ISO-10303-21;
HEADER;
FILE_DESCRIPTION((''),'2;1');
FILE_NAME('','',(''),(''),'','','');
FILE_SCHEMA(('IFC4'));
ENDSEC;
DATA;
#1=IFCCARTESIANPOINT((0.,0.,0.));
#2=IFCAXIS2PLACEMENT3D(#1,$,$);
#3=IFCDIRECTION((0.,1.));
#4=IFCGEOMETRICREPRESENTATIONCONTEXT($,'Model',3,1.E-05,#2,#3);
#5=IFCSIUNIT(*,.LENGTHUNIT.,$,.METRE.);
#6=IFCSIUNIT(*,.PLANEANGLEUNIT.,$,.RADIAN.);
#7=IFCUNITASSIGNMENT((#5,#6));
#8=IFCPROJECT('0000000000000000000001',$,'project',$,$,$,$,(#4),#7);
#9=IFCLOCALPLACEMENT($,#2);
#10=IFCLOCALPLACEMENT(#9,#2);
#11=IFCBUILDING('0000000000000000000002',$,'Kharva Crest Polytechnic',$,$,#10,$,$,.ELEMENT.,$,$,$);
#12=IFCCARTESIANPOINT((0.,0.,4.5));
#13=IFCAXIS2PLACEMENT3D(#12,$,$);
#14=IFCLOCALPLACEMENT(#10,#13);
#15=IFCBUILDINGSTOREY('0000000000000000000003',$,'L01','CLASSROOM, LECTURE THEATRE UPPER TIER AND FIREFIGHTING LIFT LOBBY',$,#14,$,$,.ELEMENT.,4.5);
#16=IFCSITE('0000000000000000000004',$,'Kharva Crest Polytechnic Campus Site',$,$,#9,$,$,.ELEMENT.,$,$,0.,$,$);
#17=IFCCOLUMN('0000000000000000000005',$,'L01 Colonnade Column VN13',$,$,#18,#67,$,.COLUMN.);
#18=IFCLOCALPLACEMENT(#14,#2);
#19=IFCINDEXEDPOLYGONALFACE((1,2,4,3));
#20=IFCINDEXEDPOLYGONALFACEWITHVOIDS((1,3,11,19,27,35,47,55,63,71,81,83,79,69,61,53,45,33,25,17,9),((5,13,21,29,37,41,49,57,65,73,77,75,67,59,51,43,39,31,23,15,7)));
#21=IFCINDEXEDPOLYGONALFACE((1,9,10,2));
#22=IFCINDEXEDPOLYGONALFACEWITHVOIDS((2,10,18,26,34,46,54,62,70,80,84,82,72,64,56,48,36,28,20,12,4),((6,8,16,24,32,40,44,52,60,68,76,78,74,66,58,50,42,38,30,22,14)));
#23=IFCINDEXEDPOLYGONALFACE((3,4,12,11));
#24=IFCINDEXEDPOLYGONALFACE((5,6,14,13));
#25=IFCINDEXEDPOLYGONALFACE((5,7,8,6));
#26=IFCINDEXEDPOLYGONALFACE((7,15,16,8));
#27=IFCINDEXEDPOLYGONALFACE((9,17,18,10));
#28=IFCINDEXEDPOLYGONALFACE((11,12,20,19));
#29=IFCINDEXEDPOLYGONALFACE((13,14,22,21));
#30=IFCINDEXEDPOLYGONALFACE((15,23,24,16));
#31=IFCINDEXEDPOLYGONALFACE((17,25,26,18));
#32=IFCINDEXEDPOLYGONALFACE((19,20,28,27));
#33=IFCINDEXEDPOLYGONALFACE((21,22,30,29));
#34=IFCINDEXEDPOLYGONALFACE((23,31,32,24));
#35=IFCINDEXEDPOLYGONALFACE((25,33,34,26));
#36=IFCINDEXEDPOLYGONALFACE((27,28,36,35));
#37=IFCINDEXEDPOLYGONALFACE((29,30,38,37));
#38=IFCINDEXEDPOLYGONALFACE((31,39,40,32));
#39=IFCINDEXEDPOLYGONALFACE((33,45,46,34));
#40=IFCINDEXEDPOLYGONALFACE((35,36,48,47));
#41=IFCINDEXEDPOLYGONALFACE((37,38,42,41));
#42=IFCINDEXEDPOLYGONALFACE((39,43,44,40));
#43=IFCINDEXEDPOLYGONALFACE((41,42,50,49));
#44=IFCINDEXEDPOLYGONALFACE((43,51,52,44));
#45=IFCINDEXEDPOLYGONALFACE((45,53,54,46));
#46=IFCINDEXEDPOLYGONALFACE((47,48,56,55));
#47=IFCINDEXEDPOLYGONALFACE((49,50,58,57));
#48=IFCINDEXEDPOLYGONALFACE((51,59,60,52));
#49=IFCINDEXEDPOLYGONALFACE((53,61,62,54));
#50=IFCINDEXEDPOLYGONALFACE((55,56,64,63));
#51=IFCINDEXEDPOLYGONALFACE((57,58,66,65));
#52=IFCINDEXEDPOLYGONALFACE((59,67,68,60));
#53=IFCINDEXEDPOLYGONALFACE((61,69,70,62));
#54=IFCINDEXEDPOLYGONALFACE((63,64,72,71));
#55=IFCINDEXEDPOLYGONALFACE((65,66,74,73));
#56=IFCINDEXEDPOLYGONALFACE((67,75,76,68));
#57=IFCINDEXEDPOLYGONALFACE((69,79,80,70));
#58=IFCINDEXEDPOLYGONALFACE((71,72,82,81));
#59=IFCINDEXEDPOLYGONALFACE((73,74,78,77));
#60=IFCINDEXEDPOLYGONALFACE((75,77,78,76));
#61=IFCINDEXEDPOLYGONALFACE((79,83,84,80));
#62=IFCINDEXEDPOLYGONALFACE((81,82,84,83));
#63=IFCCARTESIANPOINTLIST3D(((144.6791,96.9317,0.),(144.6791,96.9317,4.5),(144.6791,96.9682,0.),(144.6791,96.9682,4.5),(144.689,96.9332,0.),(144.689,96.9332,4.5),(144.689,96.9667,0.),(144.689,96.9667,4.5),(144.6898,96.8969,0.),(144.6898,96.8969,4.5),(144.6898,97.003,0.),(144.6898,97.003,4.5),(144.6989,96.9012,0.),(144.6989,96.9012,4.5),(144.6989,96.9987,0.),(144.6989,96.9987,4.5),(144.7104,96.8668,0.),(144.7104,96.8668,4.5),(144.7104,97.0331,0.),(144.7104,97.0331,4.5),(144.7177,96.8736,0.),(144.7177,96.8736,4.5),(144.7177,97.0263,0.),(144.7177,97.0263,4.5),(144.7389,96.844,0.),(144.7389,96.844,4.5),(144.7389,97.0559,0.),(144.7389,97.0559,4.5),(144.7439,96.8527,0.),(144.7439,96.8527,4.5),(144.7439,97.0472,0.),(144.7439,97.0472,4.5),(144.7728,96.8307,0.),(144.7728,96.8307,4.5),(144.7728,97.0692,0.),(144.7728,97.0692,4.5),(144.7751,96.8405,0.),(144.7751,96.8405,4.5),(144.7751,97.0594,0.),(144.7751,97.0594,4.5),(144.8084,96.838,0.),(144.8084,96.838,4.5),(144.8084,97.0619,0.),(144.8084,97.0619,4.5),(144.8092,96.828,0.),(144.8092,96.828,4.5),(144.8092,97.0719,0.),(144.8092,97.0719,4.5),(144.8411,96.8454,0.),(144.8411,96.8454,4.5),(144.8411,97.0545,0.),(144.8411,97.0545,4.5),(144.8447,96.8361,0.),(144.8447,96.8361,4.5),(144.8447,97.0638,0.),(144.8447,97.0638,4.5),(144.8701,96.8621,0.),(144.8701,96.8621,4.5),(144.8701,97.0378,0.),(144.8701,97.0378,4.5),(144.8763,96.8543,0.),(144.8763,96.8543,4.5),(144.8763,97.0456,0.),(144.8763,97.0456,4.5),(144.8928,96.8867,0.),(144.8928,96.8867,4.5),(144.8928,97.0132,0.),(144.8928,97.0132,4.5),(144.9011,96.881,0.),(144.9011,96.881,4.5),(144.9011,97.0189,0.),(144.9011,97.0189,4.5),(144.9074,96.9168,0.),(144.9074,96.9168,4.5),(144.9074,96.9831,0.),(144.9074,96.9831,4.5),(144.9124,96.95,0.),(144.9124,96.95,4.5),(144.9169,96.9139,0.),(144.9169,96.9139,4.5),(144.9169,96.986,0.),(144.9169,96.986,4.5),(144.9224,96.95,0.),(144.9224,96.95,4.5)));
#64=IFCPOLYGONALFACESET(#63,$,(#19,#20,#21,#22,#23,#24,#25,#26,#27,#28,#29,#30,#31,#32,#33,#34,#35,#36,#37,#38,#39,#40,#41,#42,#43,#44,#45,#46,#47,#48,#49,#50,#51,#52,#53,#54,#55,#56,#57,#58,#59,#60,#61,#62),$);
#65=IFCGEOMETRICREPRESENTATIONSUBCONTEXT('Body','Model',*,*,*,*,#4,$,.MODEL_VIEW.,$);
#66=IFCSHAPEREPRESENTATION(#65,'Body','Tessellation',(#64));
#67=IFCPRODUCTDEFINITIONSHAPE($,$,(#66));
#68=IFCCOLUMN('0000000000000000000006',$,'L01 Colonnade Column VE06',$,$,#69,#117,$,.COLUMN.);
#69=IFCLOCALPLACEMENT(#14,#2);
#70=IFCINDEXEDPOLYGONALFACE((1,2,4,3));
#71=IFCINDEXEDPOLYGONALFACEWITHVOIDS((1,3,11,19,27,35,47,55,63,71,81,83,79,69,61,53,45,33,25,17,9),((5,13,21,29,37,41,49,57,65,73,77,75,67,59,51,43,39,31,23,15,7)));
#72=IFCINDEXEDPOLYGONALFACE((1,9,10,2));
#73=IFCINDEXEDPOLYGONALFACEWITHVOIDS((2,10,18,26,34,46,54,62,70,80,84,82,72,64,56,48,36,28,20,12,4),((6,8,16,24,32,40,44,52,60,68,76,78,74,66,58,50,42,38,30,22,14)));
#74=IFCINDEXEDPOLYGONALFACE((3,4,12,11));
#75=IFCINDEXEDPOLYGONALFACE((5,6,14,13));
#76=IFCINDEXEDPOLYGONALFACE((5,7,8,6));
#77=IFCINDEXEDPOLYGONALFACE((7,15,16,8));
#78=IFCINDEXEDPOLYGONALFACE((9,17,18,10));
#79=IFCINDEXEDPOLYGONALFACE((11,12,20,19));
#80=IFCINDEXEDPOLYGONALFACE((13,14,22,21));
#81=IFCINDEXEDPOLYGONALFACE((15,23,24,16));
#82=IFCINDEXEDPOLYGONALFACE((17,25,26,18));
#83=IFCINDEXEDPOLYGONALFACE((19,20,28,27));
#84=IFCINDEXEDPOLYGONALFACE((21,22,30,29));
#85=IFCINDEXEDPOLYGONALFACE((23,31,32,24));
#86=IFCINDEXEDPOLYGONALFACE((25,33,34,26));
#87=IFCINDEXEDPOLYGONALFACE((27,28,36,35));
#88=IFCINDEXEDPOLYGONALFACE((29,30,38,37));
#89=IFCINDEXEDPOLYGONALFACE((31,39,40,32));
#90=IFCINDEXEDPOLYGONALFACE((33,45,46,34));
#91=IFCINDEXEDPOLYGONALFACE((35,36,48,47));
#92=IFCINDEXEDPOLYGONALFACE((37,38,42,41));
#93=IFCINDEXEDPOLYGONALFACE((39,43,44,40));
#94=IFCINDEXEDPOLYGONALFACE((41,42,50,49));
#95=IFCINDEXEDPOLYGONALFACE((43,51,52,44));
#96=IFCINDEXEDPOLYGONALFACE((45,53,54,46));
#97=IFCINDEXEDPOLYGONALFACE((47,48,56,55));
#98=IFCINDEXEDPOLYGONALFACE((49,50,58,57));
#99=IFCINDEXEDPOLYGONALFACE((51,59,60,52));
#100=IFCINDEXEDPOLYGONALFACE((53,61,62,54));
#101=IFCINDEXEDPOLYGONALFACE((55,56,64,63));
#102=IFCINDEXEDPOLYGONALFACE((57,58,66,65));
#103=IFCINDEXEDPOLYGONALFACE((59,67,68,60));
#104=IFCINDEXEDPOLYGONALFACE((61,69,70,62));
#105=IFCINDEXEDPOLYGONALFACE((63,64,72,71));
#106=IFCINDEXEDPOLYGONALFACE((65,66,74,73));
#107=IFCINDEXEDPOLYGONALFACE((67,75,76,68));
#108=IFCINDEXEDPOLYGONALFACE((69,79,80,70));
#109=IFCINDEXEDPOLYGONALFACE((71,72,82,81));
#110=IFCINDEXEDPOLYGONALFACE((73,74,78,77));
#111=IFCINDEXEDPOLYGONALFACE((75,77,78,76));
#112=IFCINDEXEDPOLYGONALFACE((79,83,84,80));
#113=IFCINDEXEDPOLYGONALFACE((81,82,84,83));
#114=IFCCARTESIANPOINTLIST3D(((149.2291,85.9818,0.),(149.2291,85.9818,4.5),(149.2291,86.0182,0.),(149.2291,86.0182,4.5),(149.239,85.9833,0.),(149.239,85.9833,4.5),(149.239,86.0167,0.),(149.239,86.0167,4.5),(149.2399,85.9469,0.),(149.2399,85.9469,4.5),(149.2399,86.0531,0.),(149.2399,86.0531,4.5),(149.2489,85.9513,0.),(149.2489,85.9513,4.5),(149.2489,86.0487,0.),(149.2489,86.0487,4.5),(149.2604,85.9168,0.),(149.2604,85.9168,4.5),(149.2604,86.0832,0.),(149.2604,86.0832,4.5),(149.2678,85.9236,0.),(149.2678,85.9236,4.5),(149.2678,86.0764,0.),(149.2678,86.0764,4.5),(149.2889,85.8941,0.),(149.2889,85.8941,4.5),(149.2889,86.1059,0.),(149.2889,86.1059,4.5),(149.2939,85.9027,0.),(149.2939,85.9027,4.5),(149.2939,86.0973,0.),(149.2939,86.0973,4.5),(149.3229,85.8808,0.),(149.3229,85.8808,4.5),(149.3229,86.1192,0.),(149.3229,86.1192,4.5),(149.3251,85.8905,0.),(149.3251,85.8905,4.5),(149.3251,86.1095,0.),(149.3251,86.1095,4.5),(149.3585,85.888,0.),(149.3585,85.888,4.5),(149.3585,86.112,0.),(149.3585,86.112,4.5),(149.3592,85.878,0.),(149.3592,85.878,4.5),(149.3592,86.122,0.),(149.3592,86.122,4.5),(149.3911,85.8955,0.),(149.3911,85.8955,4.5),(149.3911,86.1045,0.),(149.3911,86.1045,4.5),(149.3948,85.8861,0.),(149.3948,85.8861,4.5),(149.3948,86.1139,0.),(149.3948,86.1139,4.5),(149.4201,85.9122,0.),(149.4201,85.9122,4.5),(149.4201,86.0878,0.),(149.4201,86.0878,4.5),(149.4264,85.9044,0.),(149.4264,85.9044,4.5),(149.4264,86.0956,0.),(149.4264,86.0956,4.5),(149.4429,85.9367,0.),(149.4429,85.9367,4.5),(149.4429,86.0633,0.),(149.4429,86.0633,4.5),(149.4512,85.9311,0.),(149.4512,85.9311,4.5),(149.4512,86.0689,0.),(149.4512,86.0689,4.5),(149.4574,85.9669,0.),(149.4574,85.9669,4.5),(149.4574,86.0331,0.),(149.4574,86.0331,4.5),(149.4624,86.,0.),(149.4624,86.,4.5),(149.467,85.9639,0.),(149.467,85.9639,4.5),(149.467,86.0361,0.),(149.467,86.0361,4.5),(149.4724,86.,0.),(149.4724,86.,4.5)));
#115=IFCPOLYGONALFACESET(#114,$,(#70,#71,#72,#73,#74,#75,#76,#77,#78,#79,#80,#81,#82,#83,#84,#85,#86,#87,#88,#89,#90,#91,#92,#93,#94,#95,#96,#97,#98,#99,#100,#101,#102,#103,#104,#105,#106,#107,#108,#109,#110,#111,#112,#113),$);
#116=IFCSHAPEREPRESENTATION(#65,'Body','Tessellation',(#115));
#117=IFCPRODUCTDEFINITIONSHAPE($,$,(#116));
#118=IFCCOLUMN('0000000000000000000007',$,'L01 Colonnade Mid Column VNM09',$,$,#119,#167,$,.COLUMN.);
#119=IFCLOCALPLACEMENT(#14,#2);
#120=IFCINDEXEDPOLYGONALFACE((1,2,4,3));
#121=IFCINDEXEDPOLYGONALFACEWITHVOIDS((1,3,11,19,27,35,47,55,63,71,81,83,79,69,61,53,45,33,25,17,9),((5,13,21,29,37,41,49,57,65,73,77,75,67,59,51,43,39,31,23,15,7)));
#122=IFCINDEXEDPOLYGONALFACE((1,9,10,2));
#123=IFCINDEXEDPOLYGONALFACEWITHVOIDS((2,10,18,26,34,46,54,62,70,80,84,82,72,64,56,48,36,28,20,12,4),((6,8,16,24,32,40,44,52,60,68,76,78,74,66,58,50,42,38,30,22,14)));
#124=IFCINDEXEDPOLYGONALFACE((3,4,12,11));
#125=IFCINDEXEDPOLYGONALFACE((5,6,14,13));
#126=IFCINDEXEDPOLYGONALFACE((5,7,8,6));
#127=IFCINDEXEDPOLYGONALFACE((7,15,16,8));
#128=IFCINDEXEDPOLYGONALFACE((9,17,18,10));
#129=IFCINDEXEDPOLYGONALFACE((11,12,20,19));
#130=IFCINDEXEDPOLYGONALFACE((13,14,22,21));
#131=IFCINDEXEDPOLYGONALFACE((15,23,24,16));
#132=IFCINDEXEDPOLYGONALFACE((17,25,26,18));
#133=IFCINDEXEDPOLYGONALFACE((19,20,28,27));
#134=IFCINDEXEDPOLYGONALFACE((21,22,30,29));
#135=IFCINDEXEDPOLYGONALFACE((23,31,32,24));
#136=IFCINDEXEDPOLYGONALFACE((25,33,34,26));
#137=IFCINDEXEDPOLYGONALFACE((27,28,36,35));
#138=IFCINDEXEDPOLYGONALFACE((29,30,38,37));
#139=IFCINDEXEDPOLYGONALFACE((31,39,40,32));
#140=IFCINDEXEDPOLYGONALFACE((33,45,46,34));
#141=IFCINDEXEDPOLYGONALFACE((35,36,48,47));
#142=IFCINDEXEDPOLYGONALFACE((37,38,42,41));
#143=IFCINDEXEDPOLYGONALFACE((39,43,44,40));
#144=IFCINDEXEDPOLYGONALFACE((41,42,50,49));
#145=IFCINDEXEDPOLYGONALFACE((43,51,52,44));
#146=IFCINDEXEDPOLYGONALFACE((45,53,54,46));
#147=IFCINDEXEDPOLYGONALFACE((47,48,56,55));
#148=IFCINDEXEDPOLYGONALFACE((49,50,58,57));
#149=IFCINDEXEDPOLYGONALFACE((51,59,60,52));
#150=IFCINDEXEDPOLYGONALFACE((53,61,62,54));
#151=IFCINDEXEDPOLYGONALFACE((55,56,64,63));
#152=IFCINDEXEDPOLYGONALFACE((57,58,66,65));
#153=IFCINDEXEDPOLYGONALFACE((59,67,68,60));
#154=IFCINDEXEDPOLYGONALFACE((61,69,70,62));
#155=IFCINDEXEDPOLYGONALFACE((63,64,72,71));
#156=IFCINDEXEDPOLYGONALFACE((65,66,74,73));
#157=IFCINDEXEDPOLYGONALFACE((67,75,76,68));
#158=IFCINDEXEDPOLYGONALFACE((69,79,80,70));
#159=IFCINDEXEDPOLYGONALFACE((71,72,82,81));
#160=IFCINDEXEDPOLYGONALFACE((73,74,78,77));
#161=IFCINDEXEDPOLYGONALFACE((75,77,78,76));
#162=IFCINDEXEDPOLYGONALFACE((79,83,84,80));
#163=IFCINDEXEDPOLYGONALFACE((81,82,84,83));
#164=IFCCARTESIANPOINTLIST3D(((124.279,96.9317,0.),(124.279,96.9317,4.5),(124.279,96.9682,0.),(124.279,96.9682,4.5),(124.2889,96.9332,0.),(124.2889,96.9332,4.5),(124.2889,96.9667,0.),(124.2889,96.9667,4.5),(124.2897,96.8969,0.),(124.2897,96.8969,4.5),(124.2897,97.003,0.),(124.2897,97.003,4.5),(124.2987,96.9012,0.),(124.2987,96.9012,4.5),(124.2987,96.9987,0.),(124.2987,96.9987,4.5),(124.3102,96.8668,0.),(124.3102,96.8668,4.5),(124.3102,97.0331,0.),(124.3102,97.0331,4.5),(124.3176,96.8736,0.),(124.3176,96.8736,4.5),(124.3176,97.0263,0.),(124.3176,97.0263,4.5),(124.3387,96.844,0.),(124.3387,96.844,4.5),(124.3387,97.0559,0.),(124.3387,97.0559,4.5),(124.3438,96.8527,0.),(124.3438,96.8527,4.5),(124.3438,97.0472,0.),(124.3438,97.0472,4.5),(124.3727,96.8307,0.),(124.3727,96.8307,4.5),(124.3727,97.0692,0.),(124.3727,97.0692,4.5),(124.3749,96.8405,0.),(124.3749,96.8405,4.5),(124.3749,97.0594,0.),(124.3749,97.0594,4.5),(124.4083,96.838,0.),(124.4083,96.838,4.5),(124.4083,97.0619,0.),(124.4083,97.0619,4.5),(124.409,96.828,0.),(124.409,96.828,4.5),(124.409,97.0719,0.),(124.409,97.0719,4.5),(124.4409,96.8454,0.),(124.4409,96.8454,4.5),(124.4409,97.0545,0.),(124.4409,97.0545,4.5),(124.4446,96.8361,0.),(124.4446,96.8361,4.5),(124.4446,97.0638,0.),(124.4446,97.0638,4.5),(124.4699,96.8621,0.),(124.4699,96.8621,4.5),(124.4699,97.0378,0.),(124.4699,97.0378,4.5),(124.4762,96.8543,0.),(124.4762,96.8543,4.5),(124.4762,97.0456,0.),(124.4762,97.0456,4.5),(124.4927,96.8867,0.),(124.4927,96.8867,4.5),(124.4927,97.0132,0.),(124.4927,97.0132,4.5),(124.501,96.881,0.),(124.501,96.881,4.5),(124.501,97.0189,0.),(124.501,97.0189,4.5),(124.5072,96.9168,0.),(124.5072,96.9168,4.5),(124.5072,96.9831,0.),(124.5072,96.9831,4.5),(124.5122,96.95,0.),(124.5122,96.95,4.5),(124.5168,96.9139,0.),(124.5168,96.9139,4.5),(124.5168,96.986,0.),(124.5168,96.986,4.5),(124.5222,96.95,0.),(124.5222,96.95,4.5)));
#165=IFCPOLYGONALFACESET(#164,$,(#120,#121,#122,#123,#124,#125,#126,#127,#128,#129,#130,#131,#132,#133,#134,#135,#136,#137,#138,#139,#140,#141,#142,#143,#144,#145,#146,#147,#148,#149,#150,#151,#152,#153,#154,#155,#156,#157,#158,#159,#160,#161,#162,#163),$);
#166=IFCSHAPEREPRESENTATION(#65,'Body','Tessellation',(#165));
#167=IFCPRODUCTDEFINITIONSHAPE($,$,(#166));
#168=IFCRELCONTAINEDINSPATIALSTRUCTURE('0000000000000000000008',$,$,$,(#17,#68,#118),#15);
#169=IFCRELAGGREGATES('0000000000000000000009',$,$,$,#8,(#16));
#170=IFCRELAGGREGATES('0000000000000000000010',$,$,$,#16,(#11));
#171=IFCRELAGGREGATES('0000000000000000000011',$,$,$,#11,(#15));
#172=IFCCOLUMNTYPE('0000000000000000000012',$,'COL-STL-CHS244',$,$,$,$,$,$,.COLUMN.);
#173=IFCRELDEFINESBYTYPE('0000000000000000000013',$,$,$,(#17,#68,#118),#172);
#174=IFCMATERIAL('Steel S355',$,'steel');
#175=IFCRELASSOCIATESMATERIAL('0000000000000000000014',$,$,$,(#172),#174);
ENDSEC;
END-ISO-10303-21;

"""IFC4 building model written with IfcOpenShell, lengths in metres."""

from ifc_helpers import new_model, si_unit, direction, frame, origin, origin_2d, place, context, subcontext, project, spatial, hollow_circle, extrude, material, material_profile, profile_set, type_object, element, save


model = new_model("IFC4")

# Units and contexts
model_context = context("Model", 3, precision=1e-05, world=origin(), true_north=direction((0.0, 1.0)))
body_context = subcontext(model_context, "Body", "Model", "MODEL_VIEW")
ifc_project = project(units=[si_unit("LENGTHUNIT", "METRE"), si_unit("PLANEANGLEUNIT", "RADIAN")], contexts=[model_context])

# Site, building, storey
site_placement = place(None, origin())
site = spatial("IfcSite", under=ifc_project, at=site_placement, Name="Kharva Crest Polytechnic Campus Site", CompositionType="ELEMENT", RefElevation=0.0)
building_placement = place(site_placement, origin())
building = spatial("IfcBuilding", under=site, at=building_placement, Name="Kharva Crest Polytechnic", CompositionType="ELEMENT")
storey_placement = place(building_placement, frame((0.0, 0.0, 4.5)))
storey = spatial("IfcBuildingStorey", under=building, at=storey_placement, Name="L01", Description="CLASSROOM, LECTURE THEATRE UPPER TIER AND FIREFIGHTING LIFT LOBBY", CompositionType="ELEMENT", Elevation=4.5)

# Columns
ifc_material_1 = material(Name="Steel S355", Category="steel")
ifc_material_profile_1 = material_profile(ifc_material_1, hollow_circle(Radius=0.1223, WallThickness=0.01, at=origin_2d()), Name="CHS 244.5X10.0")
ifc_profile_set_1 = profile_set([ifc_material_profile_1], Name="Steel S355")
column_type_1 = type_object("IfcColumnType", Name="COL-STL-CHS244", PredefinedType="COLUMN", material=ifc_profile_set_1)
for number, where, z_axis, x_axis, name in (
    (1, (144.8, 96.95, 0.0), (0.0, 0.0, 1.0), (1.0, 0.0, 0.0), "L01 Colonnade Column VN13"),
    (2, (149.3501, 86.0, 0.0), (0.0, 0.0, 1.0), (1.0, 0.0, 0.0), "L01 Colonnade Column VE06"),
    (3, (124.3999, 96.95, 0.0), (0.0, 0.0, 1.0), (1.0, 0.0, 0.0), "L01 Colonnade Mid Column VNM09"),
):
    element("IfcColumn", number, at=place(storey_placement, frame(where, z_axis=z_axis, x_axis=x_axis)), inside=storey, type_object=column_type_1, Name=name, PredefinedType="COLUMN", context=body_context, shape_type="SweptSolid", body=[
        extrude(hollow_circle(Radius=0.1223, WallThickness=0.01, at=origin_2d()), origin(), (0.0, 0.0, 1.0), 4.5),
    ])

save(model, "model.ifc")
